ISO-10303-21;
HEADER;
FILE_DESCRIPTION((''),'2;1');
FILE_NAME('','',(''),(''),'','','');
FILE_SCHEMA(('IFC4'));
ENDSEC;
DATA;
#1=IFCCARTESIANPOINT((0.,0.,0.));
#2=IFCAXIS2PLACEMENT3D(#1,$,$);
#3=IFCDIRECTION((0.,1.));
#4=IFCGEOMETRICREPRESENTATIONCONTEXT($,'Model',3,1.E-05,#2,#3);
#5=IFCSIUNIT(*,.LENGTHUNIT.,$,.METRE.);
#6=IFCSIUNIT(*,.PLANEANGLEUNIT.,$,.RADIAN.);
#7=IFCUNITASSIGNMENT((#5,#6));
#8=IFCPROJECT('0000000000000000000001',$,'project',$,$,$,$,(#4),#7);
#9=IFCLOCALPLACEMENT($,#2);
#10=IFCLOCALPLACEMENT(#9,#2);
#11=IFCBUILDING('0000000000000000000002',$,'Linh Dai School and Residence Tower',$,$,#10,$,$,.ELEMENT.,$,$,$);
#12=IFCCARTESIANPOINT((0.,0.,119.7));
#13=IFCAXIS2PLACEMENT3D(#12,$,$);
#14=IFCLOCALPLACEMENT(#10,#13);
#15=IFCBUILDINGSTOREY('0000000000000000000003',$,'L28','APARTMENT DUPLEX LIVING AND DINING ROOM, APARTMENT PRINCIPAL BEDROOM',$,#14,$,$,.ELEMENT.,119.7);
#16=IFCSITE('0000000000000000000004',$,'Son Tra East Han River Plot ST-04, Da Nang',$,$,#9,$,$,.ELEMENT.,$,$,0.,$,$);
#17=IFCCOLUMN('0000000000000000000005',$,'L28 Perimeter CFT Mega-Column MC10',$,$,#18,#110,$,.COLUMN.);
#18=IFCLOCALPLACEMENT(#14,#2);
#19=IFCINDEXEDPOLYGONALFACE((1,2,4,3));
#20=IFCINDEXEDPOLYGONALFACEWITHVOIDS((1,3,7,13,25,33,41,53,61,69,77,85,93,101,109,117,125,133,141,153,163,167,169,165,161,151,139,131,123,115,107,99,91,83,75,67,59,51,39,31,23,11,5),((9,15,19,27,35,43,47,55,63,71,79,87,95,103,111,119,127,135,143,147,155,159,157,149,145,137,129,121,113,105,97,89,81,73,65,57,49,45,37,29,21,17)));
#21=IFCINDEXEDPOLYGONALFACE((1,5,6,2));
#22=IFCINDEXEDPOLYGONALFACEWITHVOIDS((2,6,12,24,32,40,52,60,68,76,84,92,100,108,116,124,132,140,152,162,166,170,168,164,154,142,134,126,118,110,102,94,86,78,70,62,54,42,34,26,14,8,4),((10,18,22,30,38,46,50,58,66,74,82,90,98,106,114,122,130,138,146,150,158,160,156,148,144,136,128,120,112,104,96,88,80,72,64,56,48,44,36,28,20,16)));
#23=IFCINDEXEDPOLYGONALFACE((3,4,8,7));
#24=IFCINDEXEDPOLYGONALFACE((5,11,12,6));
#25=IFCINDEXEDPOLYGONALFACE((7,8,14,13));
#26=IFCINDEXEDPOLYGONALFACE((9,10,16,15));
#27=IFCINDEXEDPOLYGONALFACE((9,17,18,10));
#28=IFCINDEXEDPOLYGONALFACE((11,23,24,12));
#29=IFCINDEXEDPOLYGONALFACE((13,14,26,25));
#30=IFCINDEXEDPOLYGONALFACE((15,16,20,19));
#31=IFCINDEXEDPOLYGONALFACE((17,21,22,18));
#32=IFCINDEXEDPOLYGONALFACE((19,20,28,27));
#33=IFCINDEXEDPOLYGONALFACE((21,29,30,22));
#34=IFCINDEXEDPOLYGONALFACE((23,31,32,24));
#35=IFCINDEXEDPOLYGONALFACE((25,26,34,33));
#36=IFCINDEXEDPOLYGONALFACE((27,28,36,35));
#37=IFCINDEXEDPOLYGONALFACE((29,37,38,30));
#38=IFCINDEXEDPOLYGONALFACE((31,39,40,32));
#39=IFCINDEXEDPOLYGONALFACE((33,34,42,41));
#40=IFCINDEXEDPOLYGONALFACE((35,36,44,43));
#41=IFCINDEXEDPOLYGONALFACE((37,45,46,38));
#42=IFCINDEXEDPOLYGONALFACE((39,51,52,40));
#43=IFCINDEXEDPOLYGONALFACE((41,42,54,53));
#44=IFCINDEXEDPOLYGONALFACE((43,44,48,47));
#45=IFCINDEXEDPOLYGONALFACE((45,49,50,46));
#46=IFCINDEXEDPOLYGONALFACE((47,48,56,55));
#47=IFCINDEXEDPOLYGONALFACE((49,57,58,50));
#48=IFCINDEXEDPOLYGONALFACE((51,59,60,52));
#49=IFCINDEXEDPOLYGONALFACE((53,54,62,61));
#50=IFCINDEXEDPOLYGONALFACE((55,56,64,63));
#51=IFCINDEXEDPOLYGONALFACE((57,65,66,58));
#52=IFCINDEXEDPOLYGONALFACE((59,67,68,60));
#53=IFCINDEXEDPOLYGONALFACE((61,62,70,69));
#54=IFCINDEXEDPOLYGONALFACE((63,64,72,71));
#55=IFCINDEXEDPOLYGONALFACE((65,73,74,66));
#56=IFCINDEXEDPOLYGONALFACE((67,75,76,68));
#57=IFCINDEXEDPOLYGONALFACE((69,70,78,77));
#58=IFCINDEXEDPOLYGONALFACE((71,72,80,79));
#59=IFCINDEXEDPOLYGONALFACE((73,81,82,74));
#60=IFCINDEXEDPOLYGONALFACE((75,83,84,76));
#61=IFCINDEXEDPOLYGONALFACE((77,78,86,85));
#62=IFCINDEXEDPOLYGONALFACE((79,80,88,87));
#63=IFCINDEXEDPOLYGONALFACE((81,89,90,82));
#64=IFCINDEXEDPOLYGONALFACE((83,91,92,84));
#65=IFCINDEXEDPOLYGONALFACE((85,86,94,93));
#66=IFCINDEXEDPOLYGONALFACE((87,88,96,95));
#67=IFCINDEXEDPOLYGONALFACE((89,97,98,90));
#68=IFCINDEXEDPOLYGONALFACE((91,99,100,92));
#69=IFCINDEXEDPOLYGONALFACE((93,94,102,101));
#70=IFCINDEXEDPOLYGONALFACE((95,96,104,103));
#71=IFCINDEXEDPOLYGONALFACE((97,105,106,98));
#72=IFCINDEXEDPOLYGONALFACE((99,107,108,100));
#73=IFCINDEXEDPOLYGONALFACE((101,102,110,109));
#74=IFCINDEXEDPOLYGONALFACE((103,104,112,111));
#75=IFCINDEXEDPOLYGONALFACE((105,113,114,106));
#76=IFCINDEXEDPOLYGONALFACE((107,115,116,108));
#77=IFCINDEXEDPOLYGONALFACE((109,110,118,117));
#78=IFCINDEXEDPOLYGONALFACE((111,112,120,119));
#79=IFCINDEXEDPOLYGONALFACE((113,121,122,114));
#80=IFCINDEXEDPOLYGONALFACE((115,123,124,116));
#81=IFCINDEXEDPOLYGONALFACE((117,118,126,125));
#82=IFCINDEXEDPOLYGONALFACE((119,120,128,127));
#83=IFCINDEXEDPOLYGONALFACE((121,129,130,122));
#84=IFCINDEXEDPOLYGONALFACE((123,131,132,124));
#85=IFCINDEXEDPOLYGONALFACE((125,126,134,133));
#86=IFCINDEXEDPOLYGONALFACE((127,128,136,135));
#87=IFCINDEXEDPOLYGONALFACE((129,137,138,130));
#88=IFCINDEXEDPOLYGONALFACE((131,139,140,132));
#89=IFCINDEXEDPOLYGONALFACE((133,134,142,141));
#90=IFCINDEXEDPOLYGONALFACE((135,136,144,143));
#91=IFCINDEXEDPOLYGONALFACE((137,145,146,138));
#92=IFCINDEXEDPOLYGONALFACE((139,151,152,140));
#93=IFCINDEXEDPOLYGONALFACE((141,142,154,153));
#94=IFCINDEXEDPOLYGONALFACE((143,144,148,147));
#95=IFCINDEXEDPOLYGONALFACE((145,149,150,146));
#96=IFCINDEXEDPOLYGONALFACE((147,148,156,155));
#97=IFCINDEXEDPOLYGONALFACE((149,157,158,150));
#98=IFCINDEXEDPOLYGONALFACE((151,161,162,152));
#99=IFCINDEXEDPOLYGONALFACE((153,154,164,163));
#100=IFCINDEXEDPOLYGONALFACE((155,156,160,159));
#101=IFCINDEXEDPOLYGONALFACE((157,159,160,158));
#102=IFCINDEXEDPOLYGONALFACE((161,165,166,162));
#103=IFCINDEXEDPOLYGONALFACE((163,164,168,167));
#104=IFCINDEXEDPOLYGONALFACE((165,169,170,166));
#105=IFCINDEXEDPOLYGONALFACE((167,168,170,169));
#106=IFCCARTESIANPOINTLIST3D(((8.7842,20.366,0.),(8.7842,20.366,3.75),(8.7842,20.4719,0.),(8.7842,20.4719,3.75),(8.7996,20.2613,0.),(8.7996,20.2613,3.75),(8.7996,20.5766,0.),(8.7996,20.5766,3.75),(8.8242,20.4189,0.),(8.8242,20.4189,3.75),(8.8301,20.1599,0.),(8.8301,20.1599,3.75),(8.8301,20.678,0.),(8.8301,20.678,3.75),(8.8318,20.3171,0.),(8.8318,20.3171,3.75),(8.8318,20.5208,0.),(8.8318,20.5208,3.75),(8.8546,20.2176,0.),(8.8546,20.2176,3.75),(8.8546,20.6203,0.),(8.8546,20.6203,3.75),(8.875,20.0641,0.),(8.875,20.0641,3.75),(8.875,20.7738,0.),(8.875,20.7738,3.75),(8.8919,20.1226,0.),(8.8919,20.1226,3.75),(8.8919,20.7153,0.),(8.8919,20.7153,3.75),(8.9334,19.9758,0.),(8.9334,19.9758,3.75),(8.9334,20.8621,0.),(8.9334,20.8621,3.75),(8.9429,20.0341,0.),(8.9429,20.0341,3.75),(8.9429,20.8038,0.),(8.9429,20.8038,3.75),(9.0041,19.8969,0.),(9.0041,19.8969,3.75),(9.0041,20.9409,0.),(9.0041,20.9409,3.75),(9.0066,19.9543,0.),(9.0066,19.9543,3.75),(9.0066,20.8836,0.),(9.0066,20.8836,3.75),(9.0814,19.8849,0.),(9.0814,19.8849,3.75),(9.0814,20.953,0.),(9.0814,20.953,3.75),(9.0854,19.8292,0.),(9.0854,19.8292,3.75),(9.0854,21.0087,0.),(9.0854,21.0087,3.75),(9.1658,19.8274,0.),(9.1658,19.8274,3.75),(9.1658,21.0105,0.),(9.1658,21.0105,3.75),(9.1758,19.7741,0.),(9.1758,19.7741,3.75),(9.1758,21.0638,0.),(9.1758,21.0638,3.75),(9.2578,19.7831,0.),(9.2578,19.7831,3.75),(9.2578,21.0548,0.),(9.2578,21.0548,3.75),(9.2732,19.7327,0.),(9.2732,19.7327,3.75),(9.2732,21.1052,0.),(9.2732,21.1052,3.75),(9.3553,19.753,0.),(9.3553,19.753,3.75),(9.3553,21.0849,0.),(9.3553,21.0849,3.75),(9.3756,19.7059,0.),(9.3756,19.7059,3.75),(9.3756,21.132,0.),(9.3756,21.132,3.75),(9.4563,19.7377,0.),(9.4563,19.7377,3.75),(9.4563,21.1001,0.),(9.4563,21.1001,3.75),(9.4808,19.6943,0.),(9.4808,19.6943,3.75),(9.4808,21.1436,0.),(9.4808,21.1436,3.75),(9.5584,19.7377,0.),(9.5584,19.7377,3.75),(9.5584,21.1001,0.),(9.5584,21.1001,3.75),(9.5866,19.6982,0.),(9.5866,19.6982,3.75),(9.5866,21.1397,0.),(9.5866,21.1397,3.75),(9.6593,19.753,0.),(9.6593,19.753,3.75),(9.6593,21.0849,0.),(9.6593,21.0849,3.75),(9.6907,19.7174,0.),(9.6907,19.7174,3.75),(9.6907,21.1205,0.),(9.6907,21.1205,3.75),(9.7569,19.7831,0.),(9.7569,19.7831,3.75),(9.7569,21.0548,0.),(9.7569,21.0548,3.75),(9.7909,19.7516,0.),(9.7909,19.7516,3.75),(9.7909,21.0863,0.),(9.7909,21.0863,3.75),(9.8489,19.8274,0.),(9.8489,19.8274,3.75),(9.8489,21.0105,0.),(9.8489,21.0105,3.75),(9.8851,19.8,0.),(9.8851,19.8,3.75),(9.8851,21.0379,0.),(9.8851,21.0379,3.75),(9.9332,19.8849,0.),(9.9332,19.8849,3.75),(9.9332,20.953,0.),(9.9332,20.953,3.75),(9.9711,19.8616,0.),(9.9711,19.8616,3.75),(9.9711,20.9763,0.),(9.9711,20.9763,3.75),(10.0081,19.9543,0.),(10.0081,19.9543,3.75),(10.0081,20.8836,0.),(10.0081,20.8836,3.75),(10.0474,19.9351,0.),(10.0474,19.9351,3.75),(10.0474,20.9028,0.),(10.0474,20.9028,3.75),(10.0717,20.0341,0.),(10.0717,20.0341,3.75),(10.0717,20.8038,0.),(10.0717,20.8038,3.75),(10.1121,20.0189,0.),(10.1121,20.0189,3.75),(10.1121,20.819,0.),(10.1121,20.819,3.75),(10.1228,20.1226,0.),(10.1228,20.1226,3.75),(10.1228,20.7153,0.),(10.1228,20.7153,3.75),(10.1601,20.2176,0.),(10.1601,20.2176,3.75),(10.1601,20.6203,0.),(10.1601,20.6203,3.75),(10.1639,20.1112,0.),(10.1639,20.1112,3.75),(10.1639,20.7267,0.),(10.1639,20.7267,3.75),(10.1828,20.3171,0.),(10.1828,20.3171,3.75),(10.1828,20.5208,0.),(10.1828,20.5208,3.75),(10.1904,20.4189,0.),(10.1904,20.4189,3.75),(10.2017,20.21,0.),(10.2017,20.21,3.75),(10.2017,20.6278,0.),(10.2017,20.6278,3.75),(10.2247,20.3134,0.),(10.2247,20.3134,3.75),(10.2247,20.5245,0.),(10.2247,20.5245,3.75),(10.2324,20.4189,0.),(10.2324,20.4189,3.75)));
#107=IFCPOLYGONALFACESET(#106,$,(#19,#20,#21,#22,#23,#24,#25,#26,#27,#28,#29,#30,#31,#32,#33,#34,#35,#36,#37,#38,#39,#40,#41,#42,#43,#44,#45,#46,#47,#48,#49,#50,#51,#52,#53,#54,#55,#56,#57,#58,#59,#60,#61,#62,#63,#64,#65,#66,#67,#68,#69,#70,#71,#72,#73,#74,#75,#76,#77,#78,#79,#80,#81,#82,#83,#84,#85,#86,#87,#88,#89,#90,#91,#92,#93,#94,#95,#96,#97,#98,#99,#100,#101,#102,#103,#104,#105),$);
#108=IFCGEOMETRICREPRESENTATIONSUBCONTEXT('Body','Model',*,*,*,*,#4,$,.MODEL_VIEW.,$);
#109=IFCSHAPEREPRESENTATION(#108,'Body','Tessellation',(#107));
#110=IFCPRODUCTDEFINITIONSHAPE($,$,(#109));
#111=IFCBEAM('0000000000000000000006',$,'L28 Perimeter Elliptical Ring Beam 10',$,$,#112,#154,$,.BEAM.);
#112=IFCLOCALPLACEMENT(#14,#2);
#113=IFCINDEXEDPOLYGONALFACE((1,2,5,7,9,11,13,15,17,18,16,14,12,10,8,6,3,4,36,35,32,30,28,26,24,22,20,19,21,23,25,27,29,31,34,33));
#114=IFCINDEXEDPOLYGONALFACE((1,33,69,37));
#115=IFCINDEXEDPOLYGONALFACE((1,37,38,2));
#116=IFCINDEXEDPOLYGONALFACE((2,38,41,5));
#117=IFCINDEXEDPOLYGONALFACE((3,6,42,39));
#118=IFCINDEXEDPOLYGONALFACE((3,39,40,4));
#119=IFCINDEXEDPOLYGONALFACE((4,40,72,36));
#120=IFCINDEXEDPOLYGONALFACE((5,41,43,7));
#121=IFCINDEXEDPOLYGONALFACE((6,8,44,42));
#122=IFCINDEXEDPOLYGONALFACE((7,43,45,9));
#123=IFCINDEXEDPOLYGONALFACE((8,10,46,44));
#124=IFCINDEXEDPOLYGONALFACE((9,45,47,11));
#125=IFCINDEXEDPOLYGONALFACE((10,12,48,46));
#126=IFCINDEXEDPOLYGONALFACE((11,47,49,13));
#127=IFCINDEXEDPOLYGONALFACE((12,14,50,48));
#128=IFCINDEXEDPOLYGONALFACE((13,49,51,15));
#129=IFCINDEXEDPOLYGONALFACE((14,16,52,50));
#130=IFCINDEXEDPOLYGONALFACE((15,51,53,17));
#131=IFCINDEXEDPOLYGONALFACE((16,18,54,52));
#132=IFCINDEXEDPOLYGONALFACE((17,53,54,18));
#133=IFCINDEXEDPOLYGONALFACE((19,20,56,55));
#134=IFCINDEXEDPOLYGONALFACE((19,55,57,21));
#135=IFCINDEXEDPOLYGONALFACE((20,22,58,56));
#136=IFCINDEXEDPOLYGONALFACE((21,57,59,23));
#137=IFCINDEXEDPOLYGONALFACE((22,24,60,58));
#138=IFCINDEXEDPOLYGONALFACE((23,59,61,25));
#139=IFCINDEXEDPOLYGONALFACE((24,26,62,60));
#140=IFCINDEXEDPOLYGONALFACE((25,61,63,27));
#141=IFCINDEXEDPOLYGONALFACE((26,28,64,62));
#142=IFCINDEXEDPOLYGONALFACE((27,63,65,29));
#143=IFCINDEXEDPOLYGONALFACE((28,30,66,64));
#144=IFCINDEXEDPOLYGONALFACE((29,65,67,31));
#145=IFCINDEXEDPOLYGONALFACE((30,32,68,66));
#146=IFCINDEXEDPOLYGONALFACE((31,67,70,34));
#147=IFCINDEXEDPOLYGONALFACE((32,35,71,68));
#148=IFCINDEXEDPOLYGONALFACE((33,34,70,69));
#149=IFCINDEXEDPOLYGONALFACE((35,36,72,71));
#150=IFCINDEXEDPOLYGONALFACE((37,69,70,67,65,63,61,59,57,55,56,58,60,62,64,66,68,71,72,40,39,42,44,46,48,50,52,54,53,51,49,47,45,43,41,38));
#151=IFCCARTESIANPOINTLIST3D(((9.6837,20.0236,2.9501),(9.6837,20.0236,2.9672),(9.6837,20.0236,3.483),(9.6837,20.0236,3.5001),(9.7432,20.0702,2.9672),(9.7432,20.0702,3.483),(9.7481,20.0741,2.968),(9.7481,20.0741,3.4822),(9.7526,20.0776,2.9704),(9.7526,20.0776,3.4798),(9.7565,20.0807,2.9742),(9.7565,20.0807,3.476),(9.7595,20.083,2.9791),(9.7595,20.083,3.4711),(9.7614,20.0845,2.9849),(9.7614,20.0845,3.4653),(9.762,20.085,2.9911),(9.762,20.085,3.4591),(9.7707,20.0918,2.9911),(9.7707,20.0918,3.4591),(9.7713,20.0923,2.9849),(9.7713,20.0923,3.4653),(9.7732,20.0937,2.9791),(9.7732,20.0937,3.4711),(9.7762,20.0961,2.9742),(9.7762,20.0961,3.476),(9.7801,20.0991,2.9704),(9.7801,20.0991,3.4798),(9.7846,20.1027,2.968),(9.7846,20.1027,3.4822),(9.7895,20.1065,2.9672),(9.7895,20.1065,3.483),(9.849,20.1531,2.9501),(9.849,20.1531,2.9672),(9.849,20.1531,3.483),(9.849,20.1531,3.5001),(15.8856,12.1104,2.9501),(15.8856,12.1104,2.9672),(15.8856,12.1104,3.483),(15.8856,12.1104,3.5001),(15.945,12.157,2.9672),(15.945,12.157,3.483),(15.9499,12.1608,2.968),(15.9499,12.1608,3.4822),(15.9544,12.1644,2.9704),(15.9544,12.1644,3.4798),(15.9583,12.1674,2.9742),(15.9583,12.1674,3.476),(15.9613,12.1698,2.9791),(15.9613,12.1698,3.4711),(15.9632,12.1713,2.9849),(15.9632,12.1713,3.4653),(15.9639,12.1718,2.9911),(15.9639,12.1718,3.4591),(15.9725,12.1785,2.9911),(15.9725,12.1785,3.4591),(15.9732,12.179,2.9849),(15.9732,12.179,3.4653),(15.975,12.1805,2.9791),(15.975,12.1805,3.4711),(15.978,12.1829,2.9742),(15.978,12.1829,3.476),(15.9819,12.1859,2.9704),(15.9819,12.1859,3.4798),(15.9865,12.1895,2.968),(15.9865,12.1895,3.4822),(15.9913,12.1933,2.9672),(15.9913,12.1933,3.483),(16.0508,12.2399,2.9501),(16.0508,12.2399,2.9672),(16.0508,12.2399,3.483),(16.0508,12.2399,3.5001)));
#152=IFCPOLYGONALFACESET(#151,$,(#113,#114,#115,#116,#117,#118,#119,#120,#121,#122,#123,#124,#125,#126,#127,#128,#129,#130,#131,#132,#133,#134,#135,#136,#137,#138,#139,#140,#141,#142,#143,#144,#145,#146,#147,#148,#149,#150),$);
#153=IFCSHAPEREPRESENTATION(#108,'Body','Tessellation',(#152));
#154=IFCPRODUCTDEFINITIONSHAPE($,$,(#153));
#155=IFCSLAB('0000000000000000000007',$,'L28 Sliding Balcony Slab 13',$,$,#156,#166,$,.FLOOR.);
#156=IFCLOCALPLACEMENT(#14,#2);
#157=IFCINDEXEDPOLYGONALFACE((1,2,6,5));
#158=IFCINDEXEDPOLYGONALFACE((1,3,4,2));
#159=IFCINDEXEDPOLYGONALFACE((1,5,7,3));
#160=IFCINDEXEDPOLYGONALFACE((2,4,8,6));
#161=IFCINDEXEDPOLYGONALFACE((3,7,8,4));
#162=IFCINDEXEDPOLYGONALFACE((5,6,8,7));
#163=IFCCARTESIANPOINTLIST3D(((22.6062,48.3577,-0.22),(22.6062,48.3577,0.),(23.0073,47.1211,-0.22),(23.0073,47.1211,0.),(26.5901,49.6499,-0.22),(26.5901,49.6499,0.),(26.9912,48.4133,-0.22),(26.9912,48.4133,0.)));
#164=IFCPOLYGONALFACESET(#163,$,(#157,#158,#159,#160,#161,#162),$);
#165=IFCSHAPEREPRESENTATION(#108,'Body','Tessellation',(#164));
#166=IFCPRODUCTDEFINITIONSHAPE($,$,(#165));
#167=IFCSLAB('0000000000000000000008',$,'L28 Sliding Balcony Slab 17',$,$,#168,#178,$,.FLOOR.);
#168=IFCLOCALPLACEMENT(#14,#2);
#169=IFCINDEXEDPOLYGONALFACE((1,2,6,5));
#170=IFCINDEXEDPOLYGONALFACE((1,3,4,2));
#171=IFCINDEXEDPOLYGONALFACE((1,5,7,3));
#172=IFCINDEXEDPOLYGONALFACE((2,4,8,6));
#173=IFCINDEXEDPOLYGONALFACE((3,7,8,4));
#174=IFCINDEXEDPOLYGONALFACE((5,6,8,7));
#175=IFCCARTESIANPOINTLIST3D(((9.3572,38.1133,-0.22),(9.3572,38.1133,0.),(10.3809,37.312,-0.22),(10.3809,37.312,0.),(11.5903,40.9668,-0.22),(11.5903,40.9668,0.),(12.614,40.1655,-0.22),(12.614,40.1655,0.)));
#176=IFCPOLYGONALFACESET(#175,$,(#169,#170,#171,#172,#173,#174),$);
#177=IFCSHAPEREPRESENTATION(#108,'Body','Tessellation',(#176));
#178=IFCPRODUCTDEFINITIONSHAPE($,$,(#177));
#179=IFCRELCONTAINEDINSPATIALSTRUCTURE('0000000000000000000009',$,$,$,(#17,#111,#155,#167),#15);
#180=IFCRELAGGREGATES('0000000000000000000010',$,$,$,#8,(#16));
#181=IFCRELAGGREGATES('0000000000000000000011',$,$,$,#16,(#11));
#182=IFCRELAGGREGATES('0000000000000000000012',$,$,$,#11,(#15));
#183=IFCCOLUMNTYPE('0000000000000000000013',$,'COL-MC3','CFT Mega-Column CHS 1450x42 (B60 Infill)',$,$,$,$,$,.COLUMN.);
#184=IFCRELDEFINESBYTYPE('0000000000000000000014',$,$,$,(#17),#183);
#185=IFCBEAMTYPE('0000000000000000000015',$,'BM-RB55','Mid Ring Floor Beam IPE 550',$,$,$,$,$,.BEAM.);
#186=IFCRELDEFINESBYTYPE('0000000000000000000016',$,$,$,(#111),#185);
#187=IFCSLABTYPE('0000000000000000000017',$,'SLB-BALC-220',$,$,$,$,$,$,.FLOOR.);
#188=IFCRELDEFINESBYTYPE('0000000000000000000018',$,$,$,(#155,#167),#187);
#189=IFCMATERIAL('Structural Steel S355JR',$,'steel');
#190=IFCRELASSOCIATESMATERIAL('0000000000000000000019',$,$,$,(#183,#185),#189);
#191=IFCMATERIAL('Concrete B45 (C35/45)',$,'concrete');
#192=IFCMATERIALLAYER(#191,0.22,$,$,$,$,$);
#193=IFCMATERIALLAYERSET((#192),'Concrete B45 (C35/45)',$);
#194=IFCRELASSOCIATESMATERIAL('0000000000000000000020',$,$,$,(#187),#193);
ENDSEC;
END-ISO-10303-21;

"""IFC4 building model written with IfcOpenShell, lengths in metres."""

from ifc_helpers import new_model, si_unit, direction, frame, origin, origin_2d, place, context, subcontext, project, spatial, polyline, hollow_circle, i_section, outline, extrude, material, layer, layer_set, material_profile, profile_set, type_object, element, save


model = new_model("IFC4")

# Units and contexts
model_context = context("Model", 3, precision=1e-05, world=origin(), true_north=direction((0.0, 1.0)))
body_context = subcontext(model_context, "Body", "Model", "MODEL_VIEW")
ifc_project = project(units=[si_unit("LENGTHUNIT", "METRE"), si_unit("PLANEANGLEUNIT", "RADIAN")], contexts=[model_context])

# Site, building, storey
site_placement = place(None, origin())
site = spatial("IfcSite", under=ifc_project, at=site_placement, Name="Son Tra East Han River Plot ST-04, Da Nang", CompositionType="ELEMENT", RefElevation=0.0)
building_placement = place(site_placement, origin())
building = spatial("IfcBuilding", under=site, at=building_placement, Name="Linh Dai School and Residence Tower", CompositionType="ELEMENT")
storey_placement = place(building_placement, frame((0.0, 0.0, 119.7)))
storey = spatial("IfcBuildingStorey", under=building, at=storey_placement, Name="L28", Description="APARTMENT DUPLEX LIVING AND DINING ROOM, APARTMENT PRINCIPAL BEDROOM", CompositionType="ELEMENT", Elevation=119.7)

# Column
ifc_material_1 = material(Name="Structural Steel S355JR", Category="steel")
ifc_material_profile_1 = material_profile(ifc_material_1, hollow_circle(Radius=0.7251, WallThickness=0.042, at=origin_2d()), Name="CHS 1450x42")
ifc_profile_set_1 = profile_set([ifc_material_profile_1], Name="Structural Steel S355JR")
column_type = type_object("IfcColumnType", Name="COL-MC3", Description="CFT Mega-Column CHS 1450x42 (B60 Infill)", PredefinedType="COLUMN", material=ifc_profile_set_1)
column_placement = place(storey_placement, frame((9.5073, 20.4189, 0.0), z_axis=(0.0, 0.0, 1.0), x_axis=(1.0, 0.0, 0.0)))
element("IfcColumn", 1, at=column_placement, inside=storey, type_object=column_type, Name="L28 Perimeter CFT Mega-Column MC10", PredefinedType="COLUMN", context=body_context, shape_type="SweptSolid", body=[
    extrude(hollow_circle(Radius=0.7251, WallThickness=0.042, at=origin_2d()), origin(), (0.0, 0.0, 1.0), 3.75),
])

# Beam
ifc_material_profile_2 = material_profile(ifc_material_1, i_section(OverallWidth=0.21, OverallDepth=0.55, WebThickness=0.011, FlangeThickness=0.0171, FilletRadius=0.0239, at=origin_2d()), Name="IPE 550")
ifc_profile_set_2 = profile_set([ifc_material_profile_2], Name="Structural Steel S355JR")
beam_type = type_object("IfcBeamType", Name="BM-RB55", Description="Mid Ring Floor Beam IPE 550", PredefinedType="BEAM", material=ifc_profile_set_2)
beam_placement = place(storey_placement, frame((9.7664, 20.0884, 3.2251), z_axis=(0.616855, -0.787077, 0.0), x_axis=(0.787077, 0.616855, 0.0)))
element("IfcBeam", 2, at=beam_placement, inside=storey, type_object=beam_type, Name="L28 Perimeter Elliptical Ring Beam 10", PredefinedType="BEAM", context=body_context, shape_type="SweptSolid", body=[
    extrude(i_section(OverallWidth=0.21, OverallDepth=0.55, WebThickness=0.011, FlangeThickness=0.0171, FilletRadius=0.0239, at=origin_2d()), origin(), (0.0, 0.0, 1.0), 10.054),
])

# Slabs
ifc_material_2 = material(Name="Concrete B45 (C35/45)", Category="concrete")
ifc_layer_1 = layer(ifc_material_2, 0.22)
ifc_layer_set_1 = layer_set([ifc_layer_1], Name="Concrete B45 (C35/45)")
slab_type_1 = type_object("IfcSlabType", Name="SLB-BALC-220", PredefinedType="FLOOR", material=ifc_layer_set_1)
slab_1_placement = place(storey_placement, frame((0.0, 0.0, -0.22)))
element("IfcSlab", 3, at=slab_1_placement, inside=storey, type_object=slab_type_1, Name="L28 Sliding Balcony Slab 13", PredefinedType="FLOOR", context=body_context, shape_type="SweptSolid", body=[
    extrude(outline(polyline([(23.0073, 47.1211), (26.9912, 48.4133), (26.5901, 49.6499), (22.6062, 48.3577), (23.0073, 47.1211)])), origin(), (0.0, 0.0, 1.0), 0.22),
])
slab_2_placement = place(storey_placement, frame((0.0, 0.0, -0.22)))
element("IfcSlab", 4, at=slab_2_placement, inside=storey, type_object=slab_type_1, Name="L28 Sliding Balcony Slab 17", PredefinedType="FLOOR", context=body_context, shape_type="SweptSolid", body=[
    extrude(outline(polyline([(10.3809, 37.312), (12.614, 40.1655), (11.5903, 40.9668), (9.3572, 38.1133), (10.3809, 37.312)])), origin(), (0.0, 0.0, 1.0), 0.22),
])

save(model, "model.ifc")
